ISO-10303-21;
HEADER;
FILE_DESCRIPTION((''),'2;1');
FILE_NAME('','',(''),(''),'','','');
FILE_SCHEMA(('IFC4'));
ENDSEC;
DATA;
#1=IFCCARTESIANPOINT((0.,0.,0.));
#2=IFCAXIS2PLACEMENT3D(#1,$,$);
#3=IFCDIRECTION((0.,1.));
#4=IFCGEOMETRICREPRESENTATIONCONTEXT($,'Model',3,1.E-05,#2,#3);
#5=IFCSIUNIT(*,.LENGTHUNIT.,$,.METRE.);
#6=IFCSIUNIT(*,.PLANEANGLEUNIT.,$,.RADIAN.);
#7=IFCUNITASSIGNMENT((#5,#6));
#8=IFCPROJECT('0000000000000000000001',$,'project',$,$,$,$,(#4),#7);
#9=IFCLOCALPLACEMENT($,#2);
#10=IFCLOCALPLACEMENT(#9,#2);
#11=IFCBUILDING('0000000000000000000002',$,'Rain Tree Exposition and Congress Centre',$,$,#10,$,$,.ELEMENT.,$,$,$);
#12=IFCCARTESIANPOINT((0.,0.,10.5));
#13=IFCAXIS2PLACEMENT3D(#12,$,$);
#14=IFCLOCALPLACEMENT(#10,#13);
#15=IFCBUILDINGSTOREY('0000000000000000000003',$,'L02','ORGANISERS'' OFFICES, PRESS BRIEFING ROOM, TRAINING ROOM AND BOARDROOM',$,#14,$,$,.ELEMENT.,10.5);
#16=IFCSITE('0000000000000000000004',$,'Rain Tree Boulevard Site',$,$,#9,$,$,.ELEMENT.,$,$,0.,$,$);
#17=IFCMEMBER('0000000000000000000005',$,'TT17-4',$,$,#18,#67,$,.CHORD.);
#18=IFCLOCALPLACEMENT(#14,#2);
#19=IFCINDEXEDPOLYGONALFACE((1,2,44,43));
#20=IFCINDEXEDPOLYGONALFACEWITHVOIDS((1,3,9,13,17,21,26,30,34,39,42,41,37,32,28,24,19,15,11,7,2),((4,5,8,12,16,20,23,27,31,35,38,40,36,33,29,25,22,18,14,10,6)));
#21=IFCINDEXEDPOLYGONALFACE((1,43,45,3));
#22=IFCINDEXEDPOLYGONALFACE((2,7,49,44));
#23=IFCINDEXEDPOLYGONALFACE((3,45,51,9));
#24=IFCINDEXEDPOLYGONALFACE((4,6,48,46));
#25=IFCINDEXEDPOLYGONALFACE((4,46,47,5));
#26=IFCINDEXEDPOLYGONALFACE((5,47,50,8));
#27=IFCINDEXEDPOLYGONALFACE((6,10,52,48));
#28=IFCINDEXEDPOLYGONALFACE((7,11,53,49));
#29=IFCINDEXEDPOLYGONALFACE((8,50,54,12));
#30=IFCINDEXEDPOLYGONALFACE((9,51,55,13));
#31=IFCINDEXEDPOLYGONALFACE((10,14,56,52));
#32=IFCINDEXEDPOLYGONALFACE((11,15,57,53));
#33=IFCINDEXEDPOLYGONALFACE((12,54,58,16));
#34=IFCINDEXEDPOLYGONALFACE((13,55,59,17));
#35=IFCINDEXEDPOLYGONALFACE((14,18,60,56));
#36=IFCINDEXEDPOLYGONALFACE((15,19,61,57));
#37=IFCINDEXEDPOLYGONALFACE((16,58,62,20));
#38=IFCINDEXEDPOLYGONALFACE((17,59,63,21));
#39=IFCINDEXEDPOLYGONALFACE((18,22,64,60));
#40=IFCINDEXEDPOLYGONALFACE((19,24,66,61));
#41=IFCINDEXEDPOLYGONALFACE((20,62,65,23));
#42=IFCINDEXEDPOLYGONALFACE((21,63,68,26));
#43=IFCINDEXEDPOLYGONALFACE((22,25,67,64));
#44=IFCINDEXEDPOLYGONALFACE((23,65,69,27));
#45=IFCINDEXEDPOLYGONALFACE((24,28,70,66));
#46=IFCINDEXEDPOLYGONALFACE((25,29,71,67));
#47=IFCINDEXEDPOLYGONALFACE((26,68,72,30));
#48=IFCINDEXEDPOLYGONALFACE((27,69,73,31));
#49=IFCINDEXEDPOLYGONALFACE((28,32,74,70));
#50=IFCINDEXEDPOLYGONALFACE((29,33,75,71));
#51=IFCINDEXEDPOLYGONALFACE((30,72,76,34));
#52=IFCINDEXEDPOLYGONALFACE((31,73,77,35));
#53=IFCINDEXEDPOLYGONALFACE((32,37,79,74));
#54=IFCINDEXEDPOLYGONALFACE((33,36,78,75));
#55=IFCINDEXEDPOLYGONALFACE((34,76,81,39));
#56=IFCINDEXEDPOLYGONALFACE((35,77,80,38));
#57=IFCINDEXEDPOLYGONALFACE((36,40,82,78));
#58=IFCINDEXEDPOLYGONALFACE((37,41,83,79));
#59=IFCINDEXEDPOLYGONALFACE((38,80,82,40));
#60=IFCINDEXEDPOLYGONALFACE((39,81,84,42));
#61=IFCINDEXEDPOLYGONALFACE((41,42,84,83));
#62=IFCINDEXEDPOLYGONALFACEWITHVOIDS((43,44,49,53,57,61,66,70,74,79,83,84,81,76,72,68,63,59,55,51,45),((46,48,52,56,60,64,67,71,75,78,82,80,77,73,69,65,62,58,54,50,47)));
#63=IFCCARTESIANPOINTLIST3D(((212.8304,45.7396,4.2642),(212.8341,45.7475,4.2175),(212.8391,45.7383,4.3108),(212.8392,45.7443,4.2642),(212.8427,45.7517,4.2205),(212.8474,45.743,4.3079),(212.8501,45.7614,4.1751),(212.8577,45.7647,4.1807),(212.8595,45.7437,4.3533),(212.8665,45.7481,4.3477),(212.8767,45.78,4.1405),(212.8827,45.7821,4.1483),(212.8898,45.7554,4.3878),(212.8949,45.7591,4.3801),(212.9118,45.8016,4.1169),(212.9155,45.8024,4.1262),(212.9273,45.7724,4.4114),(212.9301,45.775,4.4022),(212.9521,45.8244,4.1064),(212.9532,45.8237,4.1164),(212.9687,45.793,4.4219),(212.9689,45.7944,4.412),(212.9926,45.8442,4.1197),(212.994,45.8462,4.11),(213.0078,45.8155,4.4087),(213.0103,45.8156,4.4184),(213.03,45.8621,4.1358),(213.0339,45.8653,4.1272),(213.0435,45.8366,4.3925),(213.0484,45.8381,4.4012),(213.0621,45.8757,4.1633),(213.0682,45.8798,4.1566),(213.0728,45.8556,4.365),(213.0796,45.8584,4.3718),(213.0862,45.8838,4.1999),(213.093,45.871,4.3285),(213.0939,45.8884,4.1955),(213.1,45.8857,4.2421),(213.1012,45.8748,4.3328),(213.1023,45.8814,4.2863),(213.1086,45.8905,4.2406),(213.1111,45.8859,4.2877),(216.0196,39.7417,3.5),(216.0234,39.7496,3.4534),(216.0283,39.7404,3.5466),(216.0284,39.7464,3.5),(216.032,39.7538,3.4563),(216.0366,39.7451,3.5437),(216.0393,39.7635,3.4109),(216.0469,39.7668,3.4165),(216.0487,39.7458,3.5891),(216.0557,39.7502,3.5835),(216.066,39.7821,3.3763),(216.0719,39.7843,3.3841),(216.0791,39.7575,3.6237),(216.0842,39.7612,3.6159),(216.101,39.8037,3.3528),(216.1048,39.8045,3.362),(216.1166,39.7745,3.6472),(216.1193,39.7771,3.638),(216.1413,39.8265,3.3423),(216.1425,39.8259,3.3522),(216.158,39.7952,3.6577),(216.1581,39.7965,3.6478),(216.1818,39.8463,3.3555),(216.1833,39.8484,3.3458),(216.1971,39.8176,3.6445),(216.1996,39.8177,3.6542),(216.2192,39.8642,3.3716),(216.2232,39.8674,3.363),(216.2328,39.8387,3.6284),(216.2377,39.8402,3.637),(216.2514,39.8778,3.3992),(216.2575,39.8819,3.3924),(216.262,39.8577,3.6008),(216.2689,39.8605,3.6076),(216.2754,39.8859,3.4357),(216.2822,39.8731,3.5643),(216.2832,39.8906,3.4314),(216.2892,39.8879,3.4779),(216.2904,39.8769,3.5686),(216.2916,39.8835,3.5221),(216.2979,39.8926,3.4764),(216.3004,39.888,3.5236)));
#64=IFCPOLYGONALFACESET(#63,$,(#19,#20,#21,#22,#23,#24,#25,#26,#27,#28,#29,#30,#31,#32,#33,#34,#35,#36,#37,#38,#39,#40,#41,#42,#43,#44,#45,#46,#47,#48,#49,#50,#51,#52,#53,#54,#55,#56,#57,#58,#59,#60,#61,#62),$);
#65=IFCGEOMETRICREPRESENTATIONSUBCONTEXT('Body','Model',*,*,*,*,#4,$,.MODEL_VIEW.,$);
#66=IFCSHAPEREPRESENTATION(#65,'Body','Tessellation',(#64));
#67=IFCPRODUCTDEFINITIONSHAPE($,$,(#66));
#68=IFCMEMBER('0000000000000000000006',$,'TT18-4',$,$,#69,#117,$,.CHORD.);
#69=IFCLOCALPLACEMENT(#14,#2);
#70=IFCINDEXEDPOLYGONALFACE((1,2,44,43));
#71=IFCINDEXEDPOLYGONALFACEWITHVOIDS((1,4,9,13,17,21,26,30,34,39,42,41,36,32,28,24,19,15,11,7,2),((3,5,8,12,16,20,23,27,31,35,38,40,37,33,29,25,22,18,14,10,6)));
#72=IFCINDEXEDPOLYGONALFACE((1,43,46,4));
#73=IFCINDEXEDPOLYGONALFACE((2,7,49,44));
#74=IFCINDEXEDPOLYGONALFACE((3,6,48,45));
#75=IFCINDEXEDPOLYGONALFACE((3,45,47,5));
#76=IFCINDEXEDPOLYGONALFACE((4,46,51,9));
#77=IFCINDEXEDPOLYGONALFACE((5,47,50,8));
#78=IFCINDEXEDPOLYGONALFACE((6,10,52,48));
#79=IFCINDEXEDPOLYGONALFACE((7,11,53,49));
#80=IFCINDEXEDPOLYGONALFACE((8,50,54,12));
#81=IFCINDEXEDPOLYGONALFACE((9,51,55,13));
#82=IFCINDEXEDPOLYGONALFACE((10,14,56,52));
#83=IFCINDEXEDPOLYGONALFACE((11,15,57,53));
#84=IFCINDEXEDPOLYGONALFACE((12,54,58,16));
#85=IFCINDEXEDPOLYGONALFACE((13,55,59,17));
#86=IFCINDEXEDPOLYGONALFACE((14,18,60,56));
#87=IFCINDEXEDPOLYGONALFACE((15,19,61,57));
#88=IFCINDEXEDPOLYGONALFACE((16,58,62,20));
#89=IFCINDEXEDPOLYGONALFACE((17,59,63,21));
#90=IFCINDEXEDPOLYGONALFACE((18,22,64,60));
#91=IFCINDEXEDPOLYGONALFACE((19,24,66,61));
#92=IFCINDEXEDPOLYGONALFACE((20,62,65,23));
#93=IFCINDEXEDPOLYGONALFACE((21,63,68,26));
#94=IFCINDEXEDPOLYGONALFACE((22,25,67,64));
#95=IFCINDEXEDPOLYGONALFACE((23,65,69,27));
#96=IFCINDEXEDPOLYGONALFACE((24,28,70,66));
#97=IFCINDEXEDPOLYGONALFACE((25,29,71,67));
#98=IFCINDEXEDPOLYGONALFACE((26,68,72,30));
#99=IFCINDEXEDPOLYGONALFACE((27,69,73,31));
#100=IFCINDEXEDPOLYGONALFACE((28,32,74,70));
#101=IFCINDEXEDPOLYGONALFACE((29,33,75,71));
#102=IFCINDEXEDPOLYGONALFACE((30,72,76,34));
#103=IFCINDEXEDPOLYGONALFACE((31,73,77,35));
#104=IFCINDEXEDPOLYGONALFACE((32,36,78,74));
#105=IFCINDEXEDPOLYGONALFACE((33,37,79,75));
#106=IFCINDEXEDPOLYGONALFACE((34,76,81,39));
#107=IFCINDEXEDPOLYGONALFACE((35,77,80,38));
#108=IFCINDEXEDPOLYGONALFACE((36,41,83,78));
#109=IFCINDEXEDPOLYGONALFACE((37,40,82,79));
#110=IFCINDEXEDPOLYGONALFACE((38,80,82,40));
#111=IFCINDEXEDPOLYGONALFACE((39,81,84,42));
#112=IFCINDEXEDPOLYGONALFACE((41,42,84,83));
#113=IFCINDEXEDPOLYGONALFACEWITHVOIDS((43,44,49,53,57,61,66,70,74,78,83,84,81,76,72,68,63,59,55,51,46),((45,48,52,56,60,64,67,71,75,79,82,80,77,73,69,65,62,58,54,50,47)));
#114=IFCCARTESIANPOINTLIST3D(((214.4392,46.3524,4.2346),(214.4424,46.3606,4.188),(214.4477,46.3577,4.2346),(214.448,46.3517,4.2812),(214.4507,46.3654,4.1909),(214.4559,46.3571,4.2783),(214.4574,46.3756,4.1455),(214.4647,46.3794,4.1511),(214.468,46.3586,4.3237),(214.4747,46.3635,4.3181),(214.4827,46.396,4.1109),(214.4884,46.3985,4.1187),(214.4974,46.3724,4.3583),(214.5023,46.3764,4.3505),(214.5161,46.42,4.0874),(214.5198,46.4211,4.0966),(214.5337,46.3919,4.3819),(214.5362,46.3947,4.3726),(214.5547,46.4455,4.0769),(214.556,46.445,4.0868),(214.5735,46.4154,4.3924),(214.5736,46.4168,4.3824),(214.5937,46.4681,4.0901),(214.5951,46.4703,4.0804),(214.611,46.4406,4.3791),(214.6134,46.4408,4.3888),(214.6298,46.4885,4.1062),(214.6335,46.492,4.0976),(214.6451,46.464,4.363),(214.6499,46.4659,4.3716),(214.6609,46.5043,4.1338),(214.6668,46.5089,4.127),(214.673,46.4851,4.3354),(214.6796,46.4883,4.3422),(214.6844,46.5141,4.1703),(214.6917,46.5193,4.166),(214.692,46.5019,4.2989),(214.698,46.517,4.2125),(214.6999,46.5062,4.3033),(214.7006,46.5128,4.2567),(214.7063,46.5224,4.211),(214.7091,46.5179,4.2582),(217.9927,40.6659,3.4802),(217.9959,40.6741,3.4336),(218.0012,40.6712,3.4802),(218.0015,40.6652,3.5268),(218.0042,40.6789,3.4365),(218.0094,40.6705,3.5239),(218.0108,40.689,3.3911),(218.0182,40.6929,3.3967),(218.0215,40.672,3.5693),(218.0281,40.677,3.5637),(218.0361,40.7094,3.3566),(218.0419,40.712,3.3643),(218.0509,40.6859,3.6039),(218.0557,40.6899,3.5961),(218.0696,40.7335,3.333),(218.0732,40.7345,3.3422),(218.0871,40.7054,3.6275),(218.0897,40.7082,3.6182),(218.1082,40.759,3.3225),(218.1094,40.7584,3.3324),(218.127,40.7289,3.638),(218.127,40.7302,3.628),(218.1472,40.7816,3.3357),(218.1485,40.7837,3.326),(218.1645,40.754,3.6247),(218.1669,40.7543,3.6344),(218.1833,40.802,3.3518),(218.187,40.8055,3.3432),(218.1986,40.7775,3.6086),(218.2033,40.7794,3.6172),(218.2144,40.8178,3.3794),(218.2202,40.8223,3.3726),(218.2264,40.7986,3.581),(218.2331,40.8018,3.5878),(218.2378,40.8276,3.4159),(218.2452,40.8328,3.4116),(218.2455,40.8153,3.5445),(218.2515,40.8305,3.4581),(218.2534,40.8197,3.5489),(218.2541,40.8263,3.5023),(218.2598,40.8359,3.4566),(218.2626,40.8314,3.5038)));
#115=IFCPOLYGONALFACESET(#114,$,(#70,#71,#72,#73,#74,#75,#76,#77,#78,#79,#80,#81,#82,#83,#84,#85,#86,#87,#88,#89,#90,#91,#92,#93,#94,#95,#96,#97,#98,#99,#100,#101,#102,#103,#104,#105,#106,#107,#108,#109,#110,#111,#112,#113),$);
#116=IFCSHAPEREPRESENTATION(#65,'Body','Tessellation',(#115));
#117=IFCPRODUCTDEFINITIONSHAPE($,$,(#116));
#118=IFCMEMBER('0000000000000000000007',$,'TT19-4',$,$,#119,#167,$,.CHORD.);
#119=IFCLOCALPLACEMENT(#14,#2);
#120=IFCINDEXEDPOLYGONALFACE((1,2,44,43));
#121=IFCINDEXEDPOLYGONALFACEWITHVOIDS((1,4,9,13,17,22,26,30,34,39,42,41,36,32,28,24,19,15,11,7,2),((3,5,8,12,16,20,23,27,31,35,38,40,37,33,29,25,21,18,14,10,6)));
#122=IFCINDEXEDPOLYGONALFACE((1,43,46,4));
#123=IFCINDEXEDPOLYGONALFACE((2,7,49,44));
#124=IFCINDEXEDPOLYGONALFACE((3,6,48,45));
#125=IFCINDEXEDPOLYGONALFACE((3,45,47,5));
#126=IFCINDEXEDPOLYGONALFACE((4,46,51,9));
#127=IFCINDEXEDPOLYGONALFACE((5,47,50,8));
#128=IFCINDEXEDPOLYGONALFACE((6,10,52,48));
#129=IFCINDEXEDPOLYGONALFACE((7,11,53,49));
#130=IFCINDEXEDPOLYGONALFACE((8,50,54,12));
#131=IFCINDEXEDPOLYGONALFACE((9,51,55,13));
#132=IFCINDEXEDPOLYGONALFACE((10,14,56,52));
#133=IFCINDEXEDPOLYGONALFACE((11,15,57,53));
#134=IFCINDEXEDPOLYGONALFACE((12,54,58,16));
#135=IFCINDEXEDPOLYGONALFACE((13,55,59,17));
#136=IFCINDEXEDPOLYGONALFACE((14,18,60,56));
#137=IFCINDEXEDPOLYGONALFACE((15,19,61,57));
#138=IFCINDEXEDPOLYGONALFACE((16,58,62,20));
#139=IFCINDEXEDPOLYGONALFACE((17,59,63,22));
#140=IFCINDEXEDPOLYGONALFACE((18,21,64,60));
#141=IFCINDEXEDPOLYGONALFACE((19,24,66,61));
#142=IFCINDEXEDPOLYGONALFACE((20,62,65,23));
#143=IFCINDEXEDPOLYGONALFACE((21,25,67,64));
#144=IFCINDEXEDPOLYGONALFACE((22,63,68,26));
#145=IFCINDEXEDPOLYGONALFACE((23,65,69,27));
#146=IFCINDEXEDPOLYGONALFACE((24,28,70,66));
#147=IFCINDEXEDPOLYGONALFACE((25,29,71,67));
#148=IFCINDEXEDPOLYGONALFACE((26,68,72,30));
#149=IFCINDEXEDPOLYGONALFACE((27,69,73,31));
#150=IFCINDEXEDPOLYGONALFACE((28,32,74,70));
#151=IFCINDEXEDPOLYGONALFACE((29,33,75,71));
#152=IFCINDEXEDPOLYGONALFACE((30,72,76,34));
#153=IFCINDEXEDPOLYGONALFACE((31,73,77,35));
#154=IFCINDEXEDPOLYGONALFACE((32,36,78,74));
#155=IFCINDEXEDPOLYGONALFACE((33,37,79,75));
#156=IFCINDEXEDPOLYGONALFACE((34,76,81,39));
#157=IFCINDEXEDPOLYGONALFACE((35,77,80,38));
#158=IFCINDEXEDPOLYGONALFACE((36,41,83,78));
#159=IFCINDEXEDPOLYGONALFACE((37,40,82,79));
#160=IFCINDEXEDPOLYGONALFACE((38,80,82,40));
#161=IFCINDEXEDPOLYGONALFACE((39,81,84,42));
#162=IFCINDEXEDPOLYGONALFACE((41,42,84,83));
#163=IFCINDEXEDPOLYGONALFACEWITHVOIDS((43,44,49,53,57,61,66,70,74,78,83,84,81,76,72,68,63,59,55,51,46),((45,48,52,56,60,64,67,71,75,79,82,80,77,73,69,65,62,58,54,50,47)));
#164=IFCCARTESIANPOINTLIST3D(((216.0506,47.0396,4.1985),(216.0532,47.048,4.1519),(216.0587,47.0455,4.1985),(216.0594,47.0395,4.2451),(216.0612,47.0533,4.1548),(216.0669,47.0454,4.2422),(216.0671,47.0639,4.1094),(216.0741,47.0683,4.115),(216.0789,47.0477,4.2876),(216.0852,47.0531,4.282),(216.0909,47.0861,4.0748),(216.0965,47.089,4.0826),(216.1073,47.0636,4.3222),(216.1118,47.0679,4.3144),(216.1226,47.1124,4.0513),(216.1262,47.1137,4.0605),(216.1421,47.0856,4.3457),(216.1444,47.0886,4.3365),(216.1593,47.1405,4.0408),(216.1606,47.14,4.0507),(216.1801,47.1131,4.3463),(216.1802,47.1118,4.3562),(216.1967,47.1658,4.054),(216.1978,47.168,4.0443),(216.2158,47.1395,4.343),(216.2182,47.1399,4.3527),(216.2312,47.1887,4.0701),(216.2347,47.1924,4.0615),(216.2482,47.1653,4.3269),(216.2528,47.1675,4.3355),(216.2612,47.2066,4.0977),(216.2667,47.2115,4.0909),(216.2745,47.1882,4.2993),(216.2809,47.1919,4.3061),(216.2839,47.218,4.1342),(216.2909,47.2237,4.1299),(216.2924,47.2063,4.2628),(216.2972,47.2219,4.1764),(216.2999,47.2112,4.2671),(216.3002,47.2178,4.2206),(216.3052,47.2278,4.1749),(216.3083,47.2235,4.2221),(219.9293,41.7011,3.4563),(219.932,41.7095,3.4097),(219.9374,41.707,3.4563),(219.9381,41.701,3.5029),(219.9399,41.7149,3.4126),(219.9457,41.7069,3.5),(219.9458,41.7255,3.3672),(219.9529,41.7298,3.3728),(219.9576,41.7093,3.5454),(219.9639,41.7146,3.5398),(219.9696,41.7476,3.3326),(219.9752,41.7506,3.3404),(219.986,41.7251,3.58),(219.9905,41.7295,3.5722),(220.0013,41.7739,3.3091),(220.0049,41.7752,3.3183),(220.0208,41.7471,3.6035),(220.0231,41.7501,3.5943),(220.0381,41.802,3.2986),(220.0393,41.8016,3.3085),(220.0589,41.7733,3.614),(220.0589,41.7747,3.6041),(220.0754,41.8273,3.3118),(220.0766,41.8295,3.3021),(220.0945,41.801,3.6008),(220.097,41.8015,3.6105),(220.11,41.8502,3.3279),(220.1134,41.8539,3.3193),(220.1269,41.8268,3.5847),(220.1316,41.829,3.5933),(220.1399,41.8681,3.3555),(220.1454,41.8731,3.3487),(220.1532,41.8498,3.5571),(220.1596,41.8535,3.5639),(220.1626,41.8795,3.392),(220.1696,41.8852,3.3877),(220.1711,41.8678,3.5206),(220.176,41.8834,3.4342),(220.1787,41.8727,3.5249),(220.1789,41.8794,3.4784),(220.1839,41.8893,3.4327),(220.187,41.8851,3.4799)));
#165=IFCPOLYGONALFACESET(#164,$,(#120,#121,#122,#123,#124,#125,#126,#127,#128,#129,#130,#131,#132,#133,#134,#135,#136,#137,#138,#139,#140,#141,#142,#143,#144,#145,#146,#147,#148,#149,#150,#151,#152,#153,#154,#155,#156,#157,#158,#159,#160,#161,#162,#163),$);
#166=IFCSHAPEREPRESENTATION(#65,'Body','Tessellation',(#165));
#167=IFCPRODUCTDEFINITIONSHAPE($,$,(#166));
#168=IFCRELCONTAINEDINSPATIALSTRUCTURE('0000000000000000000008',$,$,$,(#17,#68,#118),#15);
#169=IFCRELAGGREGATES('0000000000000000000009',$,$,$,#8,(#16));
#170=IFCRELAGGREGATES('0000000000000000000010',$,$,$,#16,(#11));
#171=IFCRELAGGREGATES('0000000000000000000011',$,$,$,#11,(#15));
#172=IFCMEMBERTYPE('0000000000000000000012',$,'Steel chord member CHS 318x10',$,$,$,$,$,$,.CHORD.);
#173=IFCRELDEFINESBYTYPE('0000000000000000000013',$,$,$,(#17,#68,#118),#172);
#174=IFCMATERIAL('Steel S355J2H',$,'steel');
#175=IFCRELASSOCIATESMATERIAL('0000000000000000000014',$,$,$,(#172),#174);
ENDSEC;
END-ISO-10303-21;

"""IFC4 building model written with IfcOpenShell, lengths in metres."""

from ifc_helpers import new_model, si_unit, direction, frame, origin, origin_2d, place, context, subcontext, project, spatial, hollow_circle, extrude, material, material_profile, profile_set, type_object, element, save


model = new_model("IFC4")

# Units and contexts
model_context = context("Model", 3, precision=1e-05, world=origin(), true_north=direction((0.0, 1.0)))
body_context = subcontext(model_context, "Body", "Model", "MODEL_VIEW")
ifc_project = project(units=[si_unit("LENGTHUNIT", "METRE"), si_unit("PLANEANGLEUNIT", "RADIAN")], contexts=[model_context])

# Site, building, storey
site_placement = place(None, origin())
site = spatial("IfcSite", under=ifc_project, at=site_placement, Name="Rain Tree Boulevard Site", CompositionType="ELEMENT", RefElevation=0.0)
building_placement = place(site_placement, origin())
building = spatial("IfcBuilding", under=site, at=building_placement, Name="Rain Tree Exposition and Congress Centre", CompositionType="ELEMENT")
storey_placement = place(building_placement, frame((0.0, 0.0, 10.5)))
storey = spatial("IfcBuildingStorey", under=building, at=storey_placement, Name="L02", Description="ORGANISERS' OFFICES, PRESS BRIEFING ROOM, TRAINING ROOM AND BOARDROOM", CompositionType="ELEMENT", Elevation=10.5)

# Members
ifc_material_1 = material(Name="Steel S355J2H", Category="steel")
ifc_material_profile_1 = material_profile(ifc_material_1, hollow_circle(Radius=0.1592, WallThickness=0.01, at=origin_2d()), Name="CHS 318x10")
ifc_profile_set_1 = profile_set([ifc_material_profile_1], Name="Steel S355J2H")
member_type_1 = type_object("IfcMemberType", Name="Steel chord member CHS 318x10", PredefinedType="CHORD", material=ifc_profile_set_1)
member_1_placement = place(storey_placement, frame((216.1602, 39.8164, 3.5), z_axis=(-0.466543, 0.877406, 0.111787), x_axis=(-0.88294, -0.469485, 0.0)))
element("IfcMember", 1, at=member_1_placement, inside=storey, type_object=member_type_1, Name="TT17-4", PredefinedType="CHORD", context=body_context, shape_type="SweptSolid", body=[
    extrude(hollow_circle(Radius=0.1592, WallThickness=0.01, at=origin_2d()), origin(), (0.0, 0.0, 1.0), 6.8359),
])
member_2_placement = place(storey_placement, frame((218.1277, 40.7502, 3.4802), z_axis=(-0.526611, 0.842723, 0.111799), x_axis=(-0.848039, -0.529933, 0.0)))
element("IfcMember", 2, at=member_2_placement, inside=storey, type_object=member_type_1, Name="TT18-4", PredefinedType="CHORD", context=body_context, shape_type="SweptSolid", body=[
    extrude(hollow_circle(Radius=0.1592, WallThickness=0.01, at=origin_2d()), origin(), (0.0, 0.0, 1.0), 6.7478),
])
member_3_placement = place(storey_placement, frame((220.0581, 41.7947, 3.4563), z_axis=(-0.584112, 0.80394, 0.111771), x_axis=(-0.80901, -0.587795, 0.0)))
element("IfcMember", 3, at=member_3_placement, inside=storey, type_object=member_type_1, Name="TT19-4", PredefinedType="CHORD", context=body_context, shape_type="SweptSolid", body=[
    extrude(hollow_circle(Radius=0.1592, WallThickness=0.01, at=origin_2d()), origin(), (0.0, 0.0, 1.0), 6.6404),
])

save(model, "model.ifc")
